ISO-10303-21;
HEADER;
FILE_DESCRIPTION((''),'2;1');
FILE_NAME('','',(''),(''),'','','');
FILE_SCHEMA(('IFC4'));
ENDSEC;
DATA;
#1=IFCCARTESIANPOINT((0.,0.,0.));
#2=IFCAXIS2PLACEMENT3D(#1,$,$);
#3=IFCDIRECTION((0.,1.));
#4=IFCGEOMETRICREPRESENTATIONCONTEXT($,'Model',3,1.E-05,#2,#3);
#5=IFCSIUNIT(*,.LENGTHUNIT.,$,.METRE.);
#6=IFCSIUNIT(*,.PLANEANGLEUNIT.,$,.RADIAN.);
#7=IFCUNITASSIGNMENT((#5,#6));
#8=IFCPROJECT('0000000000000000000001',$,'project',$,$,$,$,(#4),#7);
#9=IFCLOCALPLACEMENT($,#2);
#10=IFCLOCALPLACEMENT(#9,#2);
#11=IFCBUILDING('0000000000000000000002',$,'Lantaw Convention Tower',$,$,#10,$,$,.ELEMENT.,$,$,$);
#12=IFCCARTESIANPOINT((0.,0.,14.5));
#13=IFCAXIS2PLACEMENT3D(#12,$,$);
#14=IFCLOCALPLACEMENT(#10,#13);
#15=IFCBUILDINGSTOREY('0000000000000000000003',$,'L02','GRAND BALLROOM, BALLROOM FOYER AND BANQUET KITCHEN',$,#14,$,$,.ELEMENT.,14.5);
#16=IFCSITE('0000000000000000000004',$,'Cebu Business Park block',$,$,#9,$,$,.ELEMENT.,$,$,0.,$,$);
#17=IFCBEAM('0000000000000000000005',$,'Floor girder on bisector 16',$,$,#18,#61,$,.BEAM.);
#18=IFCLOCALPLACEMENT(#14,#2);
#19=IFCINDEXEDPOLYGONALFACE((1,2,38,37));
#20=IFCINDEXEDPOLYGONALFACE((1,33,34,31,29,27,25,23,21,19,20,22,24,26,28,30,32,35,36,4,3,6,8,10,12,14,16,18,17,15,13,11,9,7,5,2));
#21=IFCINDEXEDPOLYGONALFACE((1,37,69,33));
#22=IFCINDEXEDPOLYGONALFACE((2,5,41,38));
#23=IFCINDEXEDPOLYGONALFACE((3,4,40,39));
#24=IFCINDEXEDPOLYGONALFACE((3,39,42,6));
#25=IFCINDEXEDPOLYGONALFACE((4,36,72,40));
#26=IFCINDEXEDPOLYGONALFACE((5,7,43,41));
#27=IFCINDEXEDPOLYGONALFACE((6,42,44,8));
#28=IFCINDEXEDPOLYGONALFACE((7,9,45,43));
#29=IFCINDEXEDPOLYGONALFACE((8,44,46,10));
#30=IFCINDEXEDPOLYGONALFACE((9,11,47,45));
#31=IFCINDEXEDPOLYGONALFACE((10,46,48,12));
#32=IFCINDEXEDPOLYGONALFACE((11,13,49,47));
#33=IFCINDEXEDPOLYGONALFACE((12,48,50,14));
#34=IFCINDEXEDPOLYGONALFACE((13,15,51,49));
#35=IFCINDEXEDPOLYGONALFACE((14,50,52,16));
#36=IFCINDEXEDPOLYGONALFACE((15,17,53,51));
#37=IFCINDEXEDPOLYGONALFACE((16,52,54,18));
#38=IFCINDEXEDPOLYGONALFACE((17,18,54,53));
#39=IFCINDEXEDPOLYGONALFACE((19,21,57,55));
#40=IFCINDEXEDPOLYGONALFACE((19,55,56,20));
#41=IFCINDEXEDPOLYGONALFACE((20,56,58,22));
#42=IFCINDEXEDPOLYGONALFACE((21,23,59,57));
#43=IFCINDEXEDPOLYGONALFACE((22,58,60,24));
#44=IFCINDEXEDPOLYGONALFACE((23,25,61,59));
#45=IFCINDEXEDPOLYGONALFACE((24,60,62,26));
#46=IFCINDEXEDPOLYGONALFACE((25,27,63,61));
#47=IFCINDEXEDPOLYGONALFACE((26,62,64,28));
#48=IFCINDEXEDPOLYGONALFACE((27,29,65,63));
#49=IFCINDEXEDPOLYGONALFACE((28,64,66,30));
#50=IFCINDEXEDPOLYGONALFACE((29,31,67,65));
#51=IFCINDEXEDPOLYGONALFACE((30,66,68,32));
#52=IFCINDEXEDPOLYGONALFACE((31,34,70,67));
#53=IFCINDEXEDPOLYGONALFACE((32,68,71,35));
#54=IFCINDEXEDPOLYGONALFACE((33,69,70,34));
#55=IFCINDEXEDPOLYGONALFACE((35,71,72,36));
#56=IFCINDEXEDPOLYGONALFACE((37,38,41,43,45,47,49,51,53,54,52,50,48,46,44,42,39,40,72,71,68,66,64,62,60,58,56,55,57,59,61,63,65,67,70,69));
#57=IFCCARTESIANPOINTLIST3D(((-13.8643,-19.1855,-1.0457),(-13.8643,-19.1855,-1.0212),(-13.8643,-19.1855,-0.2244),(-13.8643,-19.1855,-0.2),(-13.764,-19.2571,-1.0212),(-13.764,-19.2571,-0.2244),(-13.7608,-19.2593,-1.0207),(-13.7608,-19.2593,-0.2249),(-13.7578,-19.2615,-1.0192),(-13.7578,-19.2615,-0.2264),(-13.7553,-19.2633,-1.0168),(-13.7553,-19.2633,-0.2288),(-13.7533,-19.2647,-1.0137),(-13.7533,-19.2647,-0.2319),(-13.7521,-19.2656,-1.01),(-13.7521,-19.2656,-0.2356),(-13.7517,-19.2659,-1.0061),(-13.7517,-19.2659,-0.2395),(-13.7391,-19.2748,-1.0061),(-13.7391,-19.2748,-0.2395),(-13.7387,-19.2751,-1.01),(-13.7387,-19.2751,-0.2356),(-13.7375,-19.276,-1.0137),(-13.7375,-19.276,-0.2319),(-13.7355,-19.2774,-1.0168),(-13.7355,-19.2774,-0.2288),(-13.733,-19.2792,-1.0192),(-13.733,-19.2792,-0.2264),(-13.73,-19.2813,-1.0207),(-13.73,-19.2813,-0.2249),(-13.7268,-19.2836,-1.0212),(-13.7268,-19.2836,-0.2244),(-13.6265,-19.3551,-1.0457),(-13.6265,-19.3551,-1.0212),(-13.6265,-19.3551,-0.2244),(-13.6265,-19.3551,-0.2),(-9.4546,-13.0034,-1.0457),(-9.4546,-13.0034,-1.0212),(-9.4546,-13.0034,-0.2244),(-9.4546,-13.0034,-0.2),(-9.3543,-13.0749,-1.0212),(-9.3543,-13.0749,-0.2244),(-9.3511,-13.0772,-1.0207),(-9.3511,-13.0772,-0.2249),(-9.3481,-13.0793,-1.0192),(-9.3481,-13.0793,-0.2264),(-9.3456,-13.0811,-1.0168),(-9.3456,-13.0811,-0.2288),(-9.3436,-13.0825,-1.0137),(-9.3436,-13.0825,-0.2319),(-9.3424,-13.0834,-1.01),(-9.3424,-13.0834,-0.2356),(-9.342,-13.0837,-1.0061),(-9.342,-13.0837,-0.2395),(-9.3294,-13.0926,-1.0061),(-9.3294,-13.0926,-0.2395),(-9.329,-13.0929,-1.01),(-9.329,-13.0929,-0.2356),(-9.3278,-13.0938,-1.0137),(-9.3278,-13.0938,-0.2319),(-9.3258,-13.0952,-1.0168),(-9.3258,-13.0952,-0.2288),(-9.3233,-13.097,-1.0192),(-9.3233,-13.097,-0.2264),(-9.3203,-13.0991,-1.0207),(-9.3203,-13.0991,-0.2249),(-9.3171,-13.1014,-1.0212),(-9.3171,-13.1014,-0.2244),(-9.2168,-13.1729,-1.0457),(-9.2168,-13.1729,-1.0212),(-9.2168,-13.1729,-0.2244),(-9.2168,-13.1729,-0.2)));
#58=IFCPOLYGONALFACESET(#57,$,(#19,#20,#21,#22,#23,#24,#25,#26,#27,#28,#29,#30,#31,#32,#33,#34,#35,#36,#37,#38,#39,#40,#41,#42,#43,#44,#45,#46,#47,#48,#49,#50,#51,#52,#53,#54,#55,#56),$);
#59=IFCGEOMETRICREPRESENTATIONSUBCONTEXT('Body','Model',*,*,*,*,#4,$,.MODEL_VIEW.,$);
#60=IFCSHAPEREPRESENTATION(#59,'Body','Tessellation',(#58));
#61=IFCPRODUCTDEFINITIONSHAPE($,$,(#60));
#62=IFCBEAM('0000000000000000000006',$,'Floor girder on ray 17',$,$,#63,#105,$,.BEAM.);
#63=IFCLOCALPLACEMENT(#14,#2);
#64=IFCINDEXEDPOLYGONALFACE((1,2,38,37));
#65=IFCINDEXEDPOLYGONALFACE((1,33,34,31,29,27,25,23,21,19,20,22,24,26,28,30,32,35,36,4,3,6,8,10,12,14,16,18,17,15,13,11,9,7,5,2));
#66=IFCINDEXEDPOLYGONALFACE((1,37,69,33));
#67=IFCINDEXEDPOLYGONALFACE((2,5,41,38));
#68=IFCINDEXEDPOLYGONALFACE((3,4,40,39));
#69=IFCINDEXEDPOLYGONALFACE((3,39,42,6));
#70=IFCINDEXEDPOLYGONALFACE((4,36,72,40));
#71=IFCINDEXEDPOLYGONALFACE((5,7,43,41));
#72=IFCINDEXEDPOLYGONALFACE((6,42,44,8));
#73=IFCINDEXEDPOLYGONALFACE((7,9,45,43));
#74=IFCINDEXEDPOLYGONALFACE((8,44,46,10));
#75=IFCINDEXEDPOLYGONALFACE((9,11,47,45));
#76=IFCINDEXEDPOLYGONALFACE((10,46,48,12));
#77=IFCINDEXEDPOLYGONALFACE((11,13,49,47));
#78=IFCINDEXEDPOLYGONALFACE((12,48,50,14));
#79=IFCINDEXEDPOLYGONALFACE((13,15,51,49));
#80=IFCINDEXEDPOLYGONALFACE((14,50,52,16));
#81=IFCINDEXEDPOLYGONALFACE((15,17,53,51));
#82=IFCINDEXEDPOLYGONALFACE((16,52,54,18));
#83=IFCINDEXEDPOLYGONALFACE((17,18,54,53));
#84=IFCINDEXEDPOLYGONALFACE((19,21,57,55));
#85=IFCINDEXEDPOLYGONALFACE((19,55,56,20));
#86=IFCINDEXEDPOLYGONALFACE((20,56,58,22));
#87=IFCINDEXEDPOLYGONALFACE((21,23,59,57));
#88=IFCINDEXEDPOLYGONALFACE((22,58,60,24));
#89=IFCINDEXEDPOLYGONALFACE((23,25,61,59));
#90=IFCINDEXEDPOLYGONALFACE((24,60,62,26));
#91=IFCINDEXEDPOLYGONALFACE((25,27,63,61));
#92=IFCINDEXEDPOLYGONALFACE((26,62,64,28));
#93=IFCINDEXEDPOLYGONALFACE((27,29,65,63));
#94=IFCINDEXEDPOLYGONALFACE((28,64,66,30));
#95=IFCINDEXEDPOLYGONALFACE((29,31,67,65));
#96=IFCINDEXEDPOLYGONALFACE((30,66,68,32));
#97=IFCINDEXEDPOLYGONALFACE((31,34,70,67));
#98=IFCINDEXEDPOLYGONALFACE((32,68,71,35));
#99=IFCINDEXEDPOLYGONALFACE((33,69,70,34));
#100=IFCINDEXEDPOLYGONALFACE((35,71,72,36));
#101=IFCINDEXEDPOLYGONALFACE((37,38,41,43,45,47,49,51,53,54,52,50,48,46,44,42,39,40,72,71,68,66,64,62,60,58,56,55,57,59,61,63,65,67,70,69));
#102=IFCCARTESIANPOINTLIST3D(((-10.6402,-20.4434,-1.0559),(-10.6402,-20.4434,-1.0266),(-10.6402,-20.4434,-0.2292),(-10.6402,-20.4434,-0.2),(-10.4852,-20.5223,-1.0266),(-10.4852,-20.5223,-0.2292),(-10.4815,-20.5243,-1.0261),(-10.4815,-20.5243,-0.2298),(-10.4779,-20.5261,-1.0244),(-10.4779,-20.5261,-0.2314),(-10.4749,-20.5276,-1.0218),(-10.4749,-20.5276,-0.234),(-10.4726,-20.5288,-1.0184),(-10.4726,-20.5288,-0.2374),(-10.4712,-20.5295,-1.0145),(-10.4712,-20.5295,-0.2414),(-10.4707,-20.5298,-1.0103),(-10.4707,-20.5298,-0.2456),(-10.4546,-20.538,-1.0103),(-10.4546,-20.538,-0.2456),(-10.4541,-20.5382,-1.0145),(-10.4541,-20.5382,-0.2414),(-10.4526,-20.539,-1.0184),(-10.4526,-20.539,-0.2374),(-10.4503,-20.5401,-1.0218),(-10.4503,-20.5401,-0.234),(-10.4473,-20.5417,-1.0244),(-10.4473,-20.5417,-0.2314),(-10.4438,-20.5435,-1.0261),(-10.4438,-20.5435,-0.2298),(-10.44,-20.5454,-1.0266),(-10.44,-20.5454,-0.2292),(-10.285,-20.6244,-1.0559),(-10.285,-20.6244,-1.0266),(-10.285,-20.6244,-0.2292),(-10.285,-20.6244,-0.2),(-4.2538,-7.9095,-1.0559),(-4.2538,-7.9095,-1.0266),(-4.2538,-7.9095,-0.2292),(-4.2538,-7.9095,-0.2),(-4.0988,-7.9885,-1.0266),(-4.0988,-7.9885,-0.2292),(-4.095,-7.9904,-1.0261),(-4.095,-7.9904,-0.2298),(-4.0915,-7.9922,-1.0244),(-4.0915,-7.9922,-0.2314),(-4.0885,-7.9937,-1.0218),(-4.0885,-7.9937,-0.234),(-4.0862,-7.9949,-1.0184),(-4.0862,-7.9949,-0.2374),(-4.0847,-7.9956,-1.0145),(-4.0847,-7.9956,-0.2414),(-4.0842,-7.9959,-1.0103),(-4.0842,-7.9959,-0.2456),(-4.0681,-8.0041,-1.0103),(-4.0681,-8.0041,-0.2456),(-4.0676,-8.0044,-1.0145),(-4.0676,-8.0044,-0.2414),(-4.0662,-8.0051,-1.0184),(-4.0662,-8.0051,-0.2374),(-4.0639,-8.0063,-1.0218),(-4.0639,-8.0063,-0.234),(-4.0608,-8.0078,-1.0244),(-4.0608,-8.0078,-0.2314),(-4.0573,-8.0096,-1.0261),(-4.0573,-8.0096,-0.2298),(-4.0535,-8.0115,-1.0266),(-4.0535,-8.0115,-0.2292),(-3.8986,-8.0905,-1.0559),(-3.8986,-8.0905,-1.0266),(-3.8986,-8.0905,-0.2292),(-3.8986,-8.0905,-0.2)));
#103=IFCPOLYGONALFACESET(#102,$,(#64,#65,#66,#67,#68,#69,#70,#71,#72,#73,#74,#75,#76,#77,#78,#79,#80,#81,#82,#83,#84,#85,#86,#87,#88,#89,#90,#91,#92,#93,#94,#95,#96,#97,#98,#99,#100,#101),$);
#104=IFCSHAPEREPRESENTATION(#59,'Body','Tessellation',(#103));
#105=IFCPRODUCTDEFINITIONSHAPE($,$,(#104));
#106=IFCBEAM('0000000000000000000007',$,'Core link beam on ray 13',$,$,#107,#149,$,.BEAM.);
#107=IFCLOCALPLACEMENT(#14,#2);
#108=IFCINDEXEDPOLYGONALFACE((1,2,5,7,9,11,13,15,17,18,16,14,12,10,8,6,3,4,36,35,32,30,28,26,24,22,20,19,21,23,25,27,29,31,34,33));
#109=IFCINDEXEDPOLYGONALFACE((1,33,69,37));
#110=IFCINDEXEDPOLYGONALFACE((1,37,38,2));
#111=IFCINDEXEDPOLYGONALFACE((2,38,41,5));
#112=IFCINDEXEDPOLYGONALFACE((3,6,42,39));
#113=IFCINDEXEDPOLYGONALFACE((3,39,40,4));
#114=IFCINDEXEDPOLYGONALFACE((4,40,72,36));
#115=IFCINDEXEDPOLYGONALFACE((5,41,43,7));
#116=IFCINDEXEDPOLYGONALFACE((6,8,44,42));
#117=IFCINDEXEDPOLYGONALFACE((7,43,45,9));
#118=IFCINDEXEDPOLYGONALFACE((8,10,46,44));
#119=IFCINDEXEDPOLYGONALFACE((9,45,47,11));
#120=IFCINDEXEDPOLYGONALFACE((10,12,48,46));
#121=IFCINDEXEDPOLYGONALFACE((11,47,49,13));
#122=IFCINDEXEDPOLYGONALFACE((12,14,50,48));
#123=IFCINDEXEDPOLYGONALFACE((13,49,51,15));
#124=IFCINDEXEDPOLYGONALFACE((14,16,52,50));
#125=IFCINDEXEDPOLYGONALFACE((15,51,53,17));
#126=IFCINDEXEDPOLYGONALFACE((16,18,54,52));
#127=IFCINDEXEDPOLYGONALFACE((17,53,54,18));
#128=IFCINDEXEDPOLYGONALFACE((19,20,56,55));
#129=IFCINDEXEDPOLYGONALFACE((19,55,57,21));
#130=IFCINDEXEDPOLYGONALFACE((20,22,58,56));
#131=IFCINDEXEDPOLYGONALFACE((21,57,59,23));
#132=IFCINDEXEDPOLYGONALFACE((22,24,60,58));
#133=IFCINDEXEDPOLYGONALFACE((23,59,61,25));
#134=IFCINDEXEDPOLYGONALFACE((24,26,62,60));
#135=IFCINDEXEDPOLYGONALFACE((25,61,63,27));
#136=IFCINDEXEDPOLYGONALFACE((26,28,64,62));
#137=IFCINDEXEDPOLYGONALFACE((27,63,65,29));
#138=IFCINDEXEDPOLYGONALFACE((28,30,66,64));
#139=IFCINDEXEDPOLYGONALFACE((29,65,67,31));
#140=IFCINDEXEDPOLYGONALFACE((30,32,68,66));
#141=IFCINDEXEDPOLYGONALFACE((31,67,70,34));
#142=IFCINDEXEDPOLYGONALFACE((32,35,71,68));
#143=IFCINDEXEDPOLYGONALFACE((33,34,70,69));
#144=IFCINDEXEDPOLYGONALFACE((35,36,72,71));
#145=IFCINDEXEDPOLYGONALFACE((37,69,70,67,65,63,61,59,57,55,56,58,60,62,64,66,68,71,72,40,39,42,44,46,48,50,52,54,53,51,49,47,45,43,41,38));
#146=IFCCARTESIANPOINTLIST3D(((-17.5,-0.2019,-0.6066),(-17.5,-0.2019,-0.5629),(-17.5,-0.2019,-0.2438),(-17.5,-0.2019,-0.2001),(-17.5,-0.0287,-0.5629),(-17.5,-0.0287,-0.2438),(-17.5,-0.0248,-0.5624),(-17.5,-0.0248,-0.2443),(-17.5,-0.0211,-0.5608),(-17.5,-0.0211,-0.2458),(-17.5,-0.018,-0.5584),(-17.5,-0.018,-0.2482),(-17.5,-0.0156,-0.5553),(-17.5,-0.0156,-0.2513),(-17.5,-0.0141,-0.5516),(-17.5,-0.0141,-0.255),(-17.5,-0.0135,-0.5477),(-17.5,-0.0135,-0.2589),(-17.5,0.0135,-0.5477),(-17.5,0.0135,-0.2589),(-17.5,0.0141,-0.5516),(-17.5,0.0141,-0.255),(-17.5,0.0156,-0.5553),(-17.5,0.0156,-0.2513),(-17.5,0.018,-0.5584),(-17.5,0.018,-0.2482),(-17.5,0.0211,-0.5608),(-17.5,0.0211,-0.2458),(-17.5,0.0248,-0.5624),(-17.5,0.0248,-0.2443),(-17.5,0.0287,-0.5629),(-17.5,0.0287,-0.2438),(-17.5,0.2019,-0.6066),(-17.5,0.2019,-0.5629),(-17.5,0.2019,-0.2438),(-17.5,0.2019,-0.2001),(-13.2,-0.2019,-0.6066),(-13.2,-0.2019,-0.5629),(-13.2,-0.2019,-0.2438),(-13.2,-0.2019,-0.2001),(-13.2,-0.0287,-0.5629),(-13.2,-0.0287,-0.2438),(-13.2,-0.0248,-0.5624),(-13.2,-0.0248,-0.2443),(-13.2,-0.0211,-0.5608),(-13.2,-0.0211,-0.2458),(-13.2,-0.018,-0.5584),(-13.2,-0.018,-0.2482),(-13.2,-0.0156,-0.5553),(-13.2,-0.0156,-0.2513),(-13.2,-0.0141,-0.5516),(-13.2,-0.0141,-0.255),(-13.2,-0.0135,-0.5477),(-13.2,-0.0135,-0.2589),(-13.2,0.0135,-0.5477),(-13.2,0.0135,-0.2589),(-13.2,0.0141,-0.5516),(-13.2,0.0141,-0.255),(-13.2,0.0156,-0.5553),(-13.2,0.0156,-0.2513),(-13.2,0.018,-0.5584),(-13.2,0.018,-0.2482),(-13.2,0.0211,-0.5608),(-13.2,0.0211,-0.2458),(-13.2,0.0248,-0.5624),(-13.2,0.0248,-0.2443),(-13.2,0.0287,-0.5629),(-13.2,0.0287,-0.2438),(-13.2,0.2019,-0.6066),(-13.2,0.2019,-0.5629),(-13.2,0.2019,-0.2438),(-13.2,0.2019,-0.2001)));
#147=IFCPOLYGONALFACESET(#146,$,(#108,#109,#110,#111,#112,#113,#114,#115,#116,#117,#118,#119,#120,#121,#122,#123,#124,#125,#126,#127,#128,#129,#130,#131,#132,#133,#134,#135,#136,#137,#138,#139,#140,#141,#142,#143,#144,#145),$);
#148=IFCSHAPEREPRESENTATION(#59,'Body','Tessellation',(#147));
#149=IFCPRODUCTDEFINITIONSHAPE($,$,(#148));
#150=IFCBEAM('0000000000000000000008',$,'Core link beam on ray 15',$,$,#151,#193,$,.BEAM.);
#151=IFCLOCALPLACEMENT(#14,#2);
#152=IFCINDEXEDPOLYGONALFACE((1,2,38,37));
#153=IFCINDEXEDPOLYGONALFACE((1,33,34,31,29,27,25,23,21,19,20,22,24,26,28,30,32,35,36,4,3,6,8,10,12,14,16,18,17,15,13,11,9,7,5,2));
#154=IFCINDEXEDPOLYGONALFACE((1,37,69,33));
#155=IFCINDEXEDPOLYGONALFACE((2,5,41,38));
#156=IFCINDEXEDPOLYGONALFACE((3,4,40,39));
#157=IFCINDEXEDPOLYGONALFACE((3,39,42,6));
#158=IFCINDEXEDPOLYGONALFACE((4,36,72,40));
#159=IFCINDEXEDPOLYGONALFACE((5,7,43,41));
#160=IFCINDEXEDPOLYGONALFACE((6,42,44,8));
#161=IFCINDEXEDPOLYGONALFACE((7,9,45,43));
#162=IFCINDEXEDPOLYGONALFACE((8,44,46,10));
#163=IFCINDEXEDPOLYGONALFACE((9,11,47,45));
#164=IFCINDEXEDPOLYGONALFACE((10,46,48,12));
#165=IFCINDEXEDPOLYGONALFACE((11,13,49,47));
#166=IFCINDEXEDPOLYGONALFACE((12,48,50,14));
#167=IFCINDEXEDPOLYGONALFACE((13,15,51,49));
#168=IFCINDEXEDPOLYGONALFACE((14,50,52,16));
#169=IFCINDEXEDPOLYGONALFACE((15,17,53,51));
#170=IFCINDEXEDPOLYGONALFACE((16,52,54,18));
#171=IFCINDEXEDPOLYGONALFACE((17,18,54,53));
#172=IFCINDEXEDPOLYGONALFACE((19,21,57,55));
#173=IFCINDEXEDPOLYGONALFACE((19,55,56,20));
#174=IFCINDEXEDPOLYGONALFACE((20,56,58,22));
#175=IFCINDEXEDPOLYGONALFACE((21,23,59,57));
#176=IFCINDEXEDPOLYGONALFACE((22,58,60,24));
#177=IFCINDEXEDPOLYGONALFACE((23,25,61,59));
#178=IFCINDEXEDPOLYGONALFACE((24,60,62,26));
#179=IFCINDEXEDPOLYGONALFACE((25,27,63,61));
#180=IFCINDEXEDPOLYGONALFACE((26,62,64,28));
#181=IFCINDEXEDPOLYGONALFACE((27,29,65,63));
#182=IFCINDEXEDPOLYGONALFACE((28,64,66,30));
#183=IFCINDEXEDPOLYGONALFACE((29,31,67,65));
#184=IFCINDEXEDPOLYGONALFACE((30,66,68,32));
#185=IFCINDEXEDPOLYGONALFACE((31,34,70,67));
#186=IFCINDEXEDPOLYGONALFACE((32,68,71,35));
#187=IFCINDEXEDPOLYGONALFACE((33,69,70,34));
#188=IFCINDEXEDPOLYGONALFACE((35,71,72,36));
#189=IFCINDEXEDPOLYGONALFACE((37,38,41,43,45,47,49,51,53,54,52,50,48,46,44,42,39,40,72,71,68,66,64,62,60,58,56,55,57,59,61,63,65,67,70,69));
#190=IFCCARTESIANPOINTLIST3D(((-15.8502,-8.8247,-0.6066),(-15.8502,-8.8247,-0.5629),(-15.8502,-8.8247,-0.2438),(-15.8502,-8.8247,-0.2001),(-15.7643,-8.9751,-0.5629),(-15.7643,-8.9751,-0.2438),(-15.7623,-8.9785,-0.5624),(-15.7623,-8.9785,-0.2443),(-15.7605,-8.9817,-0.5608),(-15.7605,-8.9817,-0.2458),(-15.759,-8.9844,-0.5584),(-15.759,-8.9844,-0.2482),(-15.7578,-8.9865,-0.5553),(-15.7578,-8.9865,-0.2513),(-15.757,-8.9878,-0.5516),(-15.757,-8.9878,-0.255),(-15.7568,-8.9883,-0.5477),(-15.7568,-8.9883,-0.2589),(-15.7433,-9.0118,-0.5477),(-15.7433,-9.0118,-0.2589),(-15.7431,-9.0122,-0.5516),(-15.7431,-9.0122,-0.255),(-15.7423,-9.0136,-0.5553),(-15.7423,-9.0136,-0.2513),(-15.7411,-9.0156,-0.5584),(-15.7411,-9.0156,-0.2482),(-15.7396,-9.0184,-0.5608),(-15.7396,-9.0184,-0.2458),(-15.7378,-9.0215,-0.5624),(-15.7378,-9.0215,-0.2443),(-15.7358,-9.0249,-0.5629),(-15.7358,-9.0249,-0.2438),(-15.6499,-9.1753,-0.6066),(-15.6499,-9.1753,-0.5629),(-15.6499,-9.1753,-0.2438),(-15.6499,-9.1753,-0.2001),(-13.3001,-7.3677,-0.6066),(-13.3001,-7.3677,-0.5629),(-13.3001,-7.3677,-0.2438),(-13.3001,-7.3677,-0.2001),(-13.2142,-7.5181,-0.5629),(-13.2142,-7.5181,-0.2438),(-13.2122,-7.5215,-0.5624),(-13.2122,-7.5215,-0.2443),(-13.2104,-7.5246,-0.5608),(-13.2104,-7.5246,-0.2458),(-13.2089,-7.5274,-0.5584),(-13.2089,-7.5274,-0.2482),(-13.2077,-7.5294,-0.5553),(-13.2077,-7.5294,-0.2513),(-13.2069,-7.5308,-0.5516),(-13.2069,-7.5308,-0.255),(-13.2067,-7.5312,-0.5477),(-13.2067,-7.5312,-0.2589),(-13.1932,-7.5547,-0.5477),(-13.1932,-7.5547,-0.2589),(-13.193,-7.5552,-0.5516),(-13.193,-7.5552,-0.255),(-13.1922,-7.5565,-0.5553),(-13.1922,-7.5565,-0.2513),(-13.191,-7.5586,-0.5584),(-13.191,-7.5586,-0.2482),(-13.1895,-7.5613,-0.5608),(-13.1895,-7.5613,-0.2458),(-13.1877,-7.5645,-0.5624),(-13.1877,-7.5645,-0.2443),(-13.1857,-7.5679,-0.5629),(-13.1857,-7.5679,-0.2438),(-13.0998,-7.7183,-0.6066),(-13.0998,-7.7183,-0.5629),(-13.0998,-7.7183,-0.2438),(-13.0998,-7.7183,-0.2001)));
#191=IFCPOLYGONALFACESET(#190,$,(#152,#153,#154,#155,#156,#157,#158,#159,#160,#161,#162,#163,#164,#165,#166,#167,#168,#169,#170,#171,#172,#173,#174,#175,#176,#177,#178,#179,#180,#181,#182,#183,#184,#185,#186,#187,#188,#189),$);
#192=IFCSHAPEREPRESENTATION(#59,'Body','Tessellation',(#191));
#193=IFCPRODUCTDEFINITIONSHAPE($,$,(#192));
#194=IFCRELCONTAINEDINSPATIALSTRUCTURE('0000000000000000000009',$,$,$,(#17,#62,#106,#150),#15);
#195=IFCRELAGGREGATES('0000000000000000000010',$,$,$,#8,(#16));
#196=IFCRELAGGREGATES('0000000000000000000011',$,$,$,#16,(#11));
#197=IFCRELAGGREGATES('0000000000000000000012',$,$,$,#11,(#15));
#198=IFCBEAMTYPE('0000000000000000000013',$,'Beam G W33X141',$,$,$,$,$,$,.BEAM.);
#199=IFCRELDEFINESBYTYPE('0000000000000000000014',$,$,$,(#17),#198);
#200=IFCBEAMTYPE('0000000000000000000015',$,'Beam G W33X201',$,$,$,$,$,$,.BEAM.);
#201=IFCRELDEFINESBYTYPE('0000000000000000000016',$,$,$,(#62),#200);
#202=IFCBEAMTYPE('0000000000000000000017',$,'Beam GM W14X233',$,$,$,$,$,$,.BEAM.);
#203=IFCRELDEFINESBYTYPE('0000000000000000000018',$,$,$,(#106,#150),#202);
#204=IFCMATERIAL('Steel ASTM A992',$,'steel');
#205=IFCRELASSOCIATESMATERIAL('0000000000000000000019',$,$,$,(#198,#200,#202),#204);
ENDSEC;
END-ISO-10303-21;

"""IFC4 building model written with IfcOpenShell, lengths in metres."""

from ifc_helpers import new_model, si_unit, direction, frame, origin, origin_2d, place, context, subcontext, project, spatial, i_section, extrude, material, material_profile, profile_set, type_object, element, save


model = new_model("IFC4")

# Units and contexts
model_context = context("Model", 3, precision=1e-05, world=origin(), true_north=direction((0.0, 1.0)))
body_context = subcontext(model_context, "Body", "Model", "MODEL_VIEW")
ifc_project = project(units=[si_unit("LENGTHUNIT", "METRE"), si_unit("PLANEANGLEUNIT", "RADIAN")], contexts=[model_context])

# Site, building, storey
site_placement = place(None, origin())
site = spatial("IfcSite", under=ifc_project, at=site_placement, Name="Cebu Business Park block", CompositionType="ELEMENT", RefElevation=0.0)
building_placement = place(site_placement, origin())
building = spatial("IfcBuilding", under=site, at=building_placement, Name="Lantaw Convention Tower", CompositionType="ELEMENT")
storey_placement = place(building_placement, frame((0.0, 0.0, 14.5)))
storey = spatial("IfcBuildingStorey", under=building, at=storey_placement, Name="L02", Description="GRAND BALLROOM, BALLROOM FOYER AND BANQUET KITCHEN", CompositionType="ELEMENT", Elevation=14.5)

# Beams
ifc_material_1 = material(Name="Steel ASTM A992", Category="steel")
ifc_material_profile_1 = material_profile(ifc_material_1, i_section(OverallWidth=0.292, OverallDepth=0.8457, WebThickness=0.0154, FlangeThickness=0.0244, FilletRadius=0.0151, at=origin_2d()), Name="W33X141")
ifc_profile_set_1 = profile_set([ifc_material_profile_1], Name="Steel ASTM A992")
beam_type_1 = type_object("IfcBeamType", Name="Beam G W33X141", PredefinedType="BEAM", material=ifc_profile_set_1)
beam_1_placement = place(storey_placement, frame((-9.3357, -13.0881, -0.6228), z_axis=(-0.580703, -0.814116, 0.0), x_axis=(0.814116, -0.580703, 0.0)))
element("IfcBeam", 1, at=beam_1_placement, inside=storey, type_object=beam_type_1, Name="Floor girder on bisector 16", PredefinedType="BEAM", context=body_context, shape_type="SweptSolid", body=[
    extrude(i_section(OverallWidth=0.292, OverallDepth=0.8457, WebThickness=0.0154, FlangeThickness=0.0244, FilletRadius=0.0151, at=origin_2d()), origin(), (0.0, 0.0, 1.0), 7.5938),
])
ifc_material_profile_2 = material_profile(ifc_material_1, i_section(OverallWidth=0.3987, OverallDepth=0.856, WebThickness=0.0181, FlangeThickness=0.0293, FilletRadius=0.0164, at=origin_2d()), Name="W33X201")
ifc_profile_set_2 = profile_set([ifc_material_profile_2], Name="Steel ASTM A992")
beam_type_2 = type_object("IfcBeamType", Name="Beam G W33X201", PredefinedType="BEAM", material=ifc_profile_set_2)
beam_2_placement = place(storey_placement, frame((-4.0762, -8.0, -0.6279), z_axis=(-0.453997, -0.891003, 0.0), x_axis=(0.891003, -0.453997, 0.0)))
element("IfcBeam", 2, at=beam_2_placement, inside=storey, type_object=beam_type_2, Name="Floor girder on ray 17", PredefinedType="BEAM", context=body_context, shape_type="SweptSolid", body=[
    extrude(i_section(OverallWidth=0.3987, OverallDepth=0.856, WebThickness=0.0181, FlangeThickness=0.0293, FilletRadius=0.0164, at=origin_2d()), origin(), (0.0, 0.0, 1.0), 14.0671),
])
ifc_material_profile_3 = material_profile(ifc_material_1, i_section(OverallWidth=0.4038, OverallDepth=0.4065, WebThickness=0.0271, FlangeThickness=0.0437, FilletRadius=0.0151, at=origin_2d()), Name="W14X233")
ifc_profile_set_3 = profile_set([ifc_material_profile_3], Name="Steel ASTM A992")
beam_type_3 = type_object("IfcBeamType", Name="Beam GM W14X233", PredefinedType="BEAM", material=ifc_profile_set_3)
beam_3_placement = place(storey_placement, frame((-13.2, 0.0, -0.4033), z_axis=(-1.0, 0.0, 0.0), x_axis=(0.0, -1.0, 0.0)))
element("IfcBeam", 3, at=beam_3_placement, inside=storey, type_object=beam_type_3, Name="Core link beam on ray 13", PredefinedType="BEAM", context=body_context, shape_type="SweptSolid", body=[
    extrude(i_section(OverallWidth=0.4038, OverallDepth=0.4065, WebThickness=0.0271, FlangeThickness=0.0437, FilletRadius=0.0151, at=origin_2d()), origin(), (0.0, 0.0, 1.0), 4.3),
])
beam_4_placement = place(storey_placement, frame((-13.2, -7.543, -0.4033), z_axis=(-0.868264, -0.496103, 0.0), x_axis=(0.496103, -0.868264, 0.0)))
element("IfcBeam", 4, at=beam_4_placement, inside=storey, type_object=beam_type_3, Name="Core link beam on ray 15", PredefinedType="BEAM", context=body_context, shape_type="SweptSolid", body=[
    extrude(i_section(OverallWidth=0.4038, OverallDepth=0.4065, WebThickness=0.0271, FlangeThickness=0.0437, FilletRadius=0.0151, at=origin_2d()), origin(), (0.0, 0.0, 1.0), 2.937),
])

save(model, "model.ifc")
